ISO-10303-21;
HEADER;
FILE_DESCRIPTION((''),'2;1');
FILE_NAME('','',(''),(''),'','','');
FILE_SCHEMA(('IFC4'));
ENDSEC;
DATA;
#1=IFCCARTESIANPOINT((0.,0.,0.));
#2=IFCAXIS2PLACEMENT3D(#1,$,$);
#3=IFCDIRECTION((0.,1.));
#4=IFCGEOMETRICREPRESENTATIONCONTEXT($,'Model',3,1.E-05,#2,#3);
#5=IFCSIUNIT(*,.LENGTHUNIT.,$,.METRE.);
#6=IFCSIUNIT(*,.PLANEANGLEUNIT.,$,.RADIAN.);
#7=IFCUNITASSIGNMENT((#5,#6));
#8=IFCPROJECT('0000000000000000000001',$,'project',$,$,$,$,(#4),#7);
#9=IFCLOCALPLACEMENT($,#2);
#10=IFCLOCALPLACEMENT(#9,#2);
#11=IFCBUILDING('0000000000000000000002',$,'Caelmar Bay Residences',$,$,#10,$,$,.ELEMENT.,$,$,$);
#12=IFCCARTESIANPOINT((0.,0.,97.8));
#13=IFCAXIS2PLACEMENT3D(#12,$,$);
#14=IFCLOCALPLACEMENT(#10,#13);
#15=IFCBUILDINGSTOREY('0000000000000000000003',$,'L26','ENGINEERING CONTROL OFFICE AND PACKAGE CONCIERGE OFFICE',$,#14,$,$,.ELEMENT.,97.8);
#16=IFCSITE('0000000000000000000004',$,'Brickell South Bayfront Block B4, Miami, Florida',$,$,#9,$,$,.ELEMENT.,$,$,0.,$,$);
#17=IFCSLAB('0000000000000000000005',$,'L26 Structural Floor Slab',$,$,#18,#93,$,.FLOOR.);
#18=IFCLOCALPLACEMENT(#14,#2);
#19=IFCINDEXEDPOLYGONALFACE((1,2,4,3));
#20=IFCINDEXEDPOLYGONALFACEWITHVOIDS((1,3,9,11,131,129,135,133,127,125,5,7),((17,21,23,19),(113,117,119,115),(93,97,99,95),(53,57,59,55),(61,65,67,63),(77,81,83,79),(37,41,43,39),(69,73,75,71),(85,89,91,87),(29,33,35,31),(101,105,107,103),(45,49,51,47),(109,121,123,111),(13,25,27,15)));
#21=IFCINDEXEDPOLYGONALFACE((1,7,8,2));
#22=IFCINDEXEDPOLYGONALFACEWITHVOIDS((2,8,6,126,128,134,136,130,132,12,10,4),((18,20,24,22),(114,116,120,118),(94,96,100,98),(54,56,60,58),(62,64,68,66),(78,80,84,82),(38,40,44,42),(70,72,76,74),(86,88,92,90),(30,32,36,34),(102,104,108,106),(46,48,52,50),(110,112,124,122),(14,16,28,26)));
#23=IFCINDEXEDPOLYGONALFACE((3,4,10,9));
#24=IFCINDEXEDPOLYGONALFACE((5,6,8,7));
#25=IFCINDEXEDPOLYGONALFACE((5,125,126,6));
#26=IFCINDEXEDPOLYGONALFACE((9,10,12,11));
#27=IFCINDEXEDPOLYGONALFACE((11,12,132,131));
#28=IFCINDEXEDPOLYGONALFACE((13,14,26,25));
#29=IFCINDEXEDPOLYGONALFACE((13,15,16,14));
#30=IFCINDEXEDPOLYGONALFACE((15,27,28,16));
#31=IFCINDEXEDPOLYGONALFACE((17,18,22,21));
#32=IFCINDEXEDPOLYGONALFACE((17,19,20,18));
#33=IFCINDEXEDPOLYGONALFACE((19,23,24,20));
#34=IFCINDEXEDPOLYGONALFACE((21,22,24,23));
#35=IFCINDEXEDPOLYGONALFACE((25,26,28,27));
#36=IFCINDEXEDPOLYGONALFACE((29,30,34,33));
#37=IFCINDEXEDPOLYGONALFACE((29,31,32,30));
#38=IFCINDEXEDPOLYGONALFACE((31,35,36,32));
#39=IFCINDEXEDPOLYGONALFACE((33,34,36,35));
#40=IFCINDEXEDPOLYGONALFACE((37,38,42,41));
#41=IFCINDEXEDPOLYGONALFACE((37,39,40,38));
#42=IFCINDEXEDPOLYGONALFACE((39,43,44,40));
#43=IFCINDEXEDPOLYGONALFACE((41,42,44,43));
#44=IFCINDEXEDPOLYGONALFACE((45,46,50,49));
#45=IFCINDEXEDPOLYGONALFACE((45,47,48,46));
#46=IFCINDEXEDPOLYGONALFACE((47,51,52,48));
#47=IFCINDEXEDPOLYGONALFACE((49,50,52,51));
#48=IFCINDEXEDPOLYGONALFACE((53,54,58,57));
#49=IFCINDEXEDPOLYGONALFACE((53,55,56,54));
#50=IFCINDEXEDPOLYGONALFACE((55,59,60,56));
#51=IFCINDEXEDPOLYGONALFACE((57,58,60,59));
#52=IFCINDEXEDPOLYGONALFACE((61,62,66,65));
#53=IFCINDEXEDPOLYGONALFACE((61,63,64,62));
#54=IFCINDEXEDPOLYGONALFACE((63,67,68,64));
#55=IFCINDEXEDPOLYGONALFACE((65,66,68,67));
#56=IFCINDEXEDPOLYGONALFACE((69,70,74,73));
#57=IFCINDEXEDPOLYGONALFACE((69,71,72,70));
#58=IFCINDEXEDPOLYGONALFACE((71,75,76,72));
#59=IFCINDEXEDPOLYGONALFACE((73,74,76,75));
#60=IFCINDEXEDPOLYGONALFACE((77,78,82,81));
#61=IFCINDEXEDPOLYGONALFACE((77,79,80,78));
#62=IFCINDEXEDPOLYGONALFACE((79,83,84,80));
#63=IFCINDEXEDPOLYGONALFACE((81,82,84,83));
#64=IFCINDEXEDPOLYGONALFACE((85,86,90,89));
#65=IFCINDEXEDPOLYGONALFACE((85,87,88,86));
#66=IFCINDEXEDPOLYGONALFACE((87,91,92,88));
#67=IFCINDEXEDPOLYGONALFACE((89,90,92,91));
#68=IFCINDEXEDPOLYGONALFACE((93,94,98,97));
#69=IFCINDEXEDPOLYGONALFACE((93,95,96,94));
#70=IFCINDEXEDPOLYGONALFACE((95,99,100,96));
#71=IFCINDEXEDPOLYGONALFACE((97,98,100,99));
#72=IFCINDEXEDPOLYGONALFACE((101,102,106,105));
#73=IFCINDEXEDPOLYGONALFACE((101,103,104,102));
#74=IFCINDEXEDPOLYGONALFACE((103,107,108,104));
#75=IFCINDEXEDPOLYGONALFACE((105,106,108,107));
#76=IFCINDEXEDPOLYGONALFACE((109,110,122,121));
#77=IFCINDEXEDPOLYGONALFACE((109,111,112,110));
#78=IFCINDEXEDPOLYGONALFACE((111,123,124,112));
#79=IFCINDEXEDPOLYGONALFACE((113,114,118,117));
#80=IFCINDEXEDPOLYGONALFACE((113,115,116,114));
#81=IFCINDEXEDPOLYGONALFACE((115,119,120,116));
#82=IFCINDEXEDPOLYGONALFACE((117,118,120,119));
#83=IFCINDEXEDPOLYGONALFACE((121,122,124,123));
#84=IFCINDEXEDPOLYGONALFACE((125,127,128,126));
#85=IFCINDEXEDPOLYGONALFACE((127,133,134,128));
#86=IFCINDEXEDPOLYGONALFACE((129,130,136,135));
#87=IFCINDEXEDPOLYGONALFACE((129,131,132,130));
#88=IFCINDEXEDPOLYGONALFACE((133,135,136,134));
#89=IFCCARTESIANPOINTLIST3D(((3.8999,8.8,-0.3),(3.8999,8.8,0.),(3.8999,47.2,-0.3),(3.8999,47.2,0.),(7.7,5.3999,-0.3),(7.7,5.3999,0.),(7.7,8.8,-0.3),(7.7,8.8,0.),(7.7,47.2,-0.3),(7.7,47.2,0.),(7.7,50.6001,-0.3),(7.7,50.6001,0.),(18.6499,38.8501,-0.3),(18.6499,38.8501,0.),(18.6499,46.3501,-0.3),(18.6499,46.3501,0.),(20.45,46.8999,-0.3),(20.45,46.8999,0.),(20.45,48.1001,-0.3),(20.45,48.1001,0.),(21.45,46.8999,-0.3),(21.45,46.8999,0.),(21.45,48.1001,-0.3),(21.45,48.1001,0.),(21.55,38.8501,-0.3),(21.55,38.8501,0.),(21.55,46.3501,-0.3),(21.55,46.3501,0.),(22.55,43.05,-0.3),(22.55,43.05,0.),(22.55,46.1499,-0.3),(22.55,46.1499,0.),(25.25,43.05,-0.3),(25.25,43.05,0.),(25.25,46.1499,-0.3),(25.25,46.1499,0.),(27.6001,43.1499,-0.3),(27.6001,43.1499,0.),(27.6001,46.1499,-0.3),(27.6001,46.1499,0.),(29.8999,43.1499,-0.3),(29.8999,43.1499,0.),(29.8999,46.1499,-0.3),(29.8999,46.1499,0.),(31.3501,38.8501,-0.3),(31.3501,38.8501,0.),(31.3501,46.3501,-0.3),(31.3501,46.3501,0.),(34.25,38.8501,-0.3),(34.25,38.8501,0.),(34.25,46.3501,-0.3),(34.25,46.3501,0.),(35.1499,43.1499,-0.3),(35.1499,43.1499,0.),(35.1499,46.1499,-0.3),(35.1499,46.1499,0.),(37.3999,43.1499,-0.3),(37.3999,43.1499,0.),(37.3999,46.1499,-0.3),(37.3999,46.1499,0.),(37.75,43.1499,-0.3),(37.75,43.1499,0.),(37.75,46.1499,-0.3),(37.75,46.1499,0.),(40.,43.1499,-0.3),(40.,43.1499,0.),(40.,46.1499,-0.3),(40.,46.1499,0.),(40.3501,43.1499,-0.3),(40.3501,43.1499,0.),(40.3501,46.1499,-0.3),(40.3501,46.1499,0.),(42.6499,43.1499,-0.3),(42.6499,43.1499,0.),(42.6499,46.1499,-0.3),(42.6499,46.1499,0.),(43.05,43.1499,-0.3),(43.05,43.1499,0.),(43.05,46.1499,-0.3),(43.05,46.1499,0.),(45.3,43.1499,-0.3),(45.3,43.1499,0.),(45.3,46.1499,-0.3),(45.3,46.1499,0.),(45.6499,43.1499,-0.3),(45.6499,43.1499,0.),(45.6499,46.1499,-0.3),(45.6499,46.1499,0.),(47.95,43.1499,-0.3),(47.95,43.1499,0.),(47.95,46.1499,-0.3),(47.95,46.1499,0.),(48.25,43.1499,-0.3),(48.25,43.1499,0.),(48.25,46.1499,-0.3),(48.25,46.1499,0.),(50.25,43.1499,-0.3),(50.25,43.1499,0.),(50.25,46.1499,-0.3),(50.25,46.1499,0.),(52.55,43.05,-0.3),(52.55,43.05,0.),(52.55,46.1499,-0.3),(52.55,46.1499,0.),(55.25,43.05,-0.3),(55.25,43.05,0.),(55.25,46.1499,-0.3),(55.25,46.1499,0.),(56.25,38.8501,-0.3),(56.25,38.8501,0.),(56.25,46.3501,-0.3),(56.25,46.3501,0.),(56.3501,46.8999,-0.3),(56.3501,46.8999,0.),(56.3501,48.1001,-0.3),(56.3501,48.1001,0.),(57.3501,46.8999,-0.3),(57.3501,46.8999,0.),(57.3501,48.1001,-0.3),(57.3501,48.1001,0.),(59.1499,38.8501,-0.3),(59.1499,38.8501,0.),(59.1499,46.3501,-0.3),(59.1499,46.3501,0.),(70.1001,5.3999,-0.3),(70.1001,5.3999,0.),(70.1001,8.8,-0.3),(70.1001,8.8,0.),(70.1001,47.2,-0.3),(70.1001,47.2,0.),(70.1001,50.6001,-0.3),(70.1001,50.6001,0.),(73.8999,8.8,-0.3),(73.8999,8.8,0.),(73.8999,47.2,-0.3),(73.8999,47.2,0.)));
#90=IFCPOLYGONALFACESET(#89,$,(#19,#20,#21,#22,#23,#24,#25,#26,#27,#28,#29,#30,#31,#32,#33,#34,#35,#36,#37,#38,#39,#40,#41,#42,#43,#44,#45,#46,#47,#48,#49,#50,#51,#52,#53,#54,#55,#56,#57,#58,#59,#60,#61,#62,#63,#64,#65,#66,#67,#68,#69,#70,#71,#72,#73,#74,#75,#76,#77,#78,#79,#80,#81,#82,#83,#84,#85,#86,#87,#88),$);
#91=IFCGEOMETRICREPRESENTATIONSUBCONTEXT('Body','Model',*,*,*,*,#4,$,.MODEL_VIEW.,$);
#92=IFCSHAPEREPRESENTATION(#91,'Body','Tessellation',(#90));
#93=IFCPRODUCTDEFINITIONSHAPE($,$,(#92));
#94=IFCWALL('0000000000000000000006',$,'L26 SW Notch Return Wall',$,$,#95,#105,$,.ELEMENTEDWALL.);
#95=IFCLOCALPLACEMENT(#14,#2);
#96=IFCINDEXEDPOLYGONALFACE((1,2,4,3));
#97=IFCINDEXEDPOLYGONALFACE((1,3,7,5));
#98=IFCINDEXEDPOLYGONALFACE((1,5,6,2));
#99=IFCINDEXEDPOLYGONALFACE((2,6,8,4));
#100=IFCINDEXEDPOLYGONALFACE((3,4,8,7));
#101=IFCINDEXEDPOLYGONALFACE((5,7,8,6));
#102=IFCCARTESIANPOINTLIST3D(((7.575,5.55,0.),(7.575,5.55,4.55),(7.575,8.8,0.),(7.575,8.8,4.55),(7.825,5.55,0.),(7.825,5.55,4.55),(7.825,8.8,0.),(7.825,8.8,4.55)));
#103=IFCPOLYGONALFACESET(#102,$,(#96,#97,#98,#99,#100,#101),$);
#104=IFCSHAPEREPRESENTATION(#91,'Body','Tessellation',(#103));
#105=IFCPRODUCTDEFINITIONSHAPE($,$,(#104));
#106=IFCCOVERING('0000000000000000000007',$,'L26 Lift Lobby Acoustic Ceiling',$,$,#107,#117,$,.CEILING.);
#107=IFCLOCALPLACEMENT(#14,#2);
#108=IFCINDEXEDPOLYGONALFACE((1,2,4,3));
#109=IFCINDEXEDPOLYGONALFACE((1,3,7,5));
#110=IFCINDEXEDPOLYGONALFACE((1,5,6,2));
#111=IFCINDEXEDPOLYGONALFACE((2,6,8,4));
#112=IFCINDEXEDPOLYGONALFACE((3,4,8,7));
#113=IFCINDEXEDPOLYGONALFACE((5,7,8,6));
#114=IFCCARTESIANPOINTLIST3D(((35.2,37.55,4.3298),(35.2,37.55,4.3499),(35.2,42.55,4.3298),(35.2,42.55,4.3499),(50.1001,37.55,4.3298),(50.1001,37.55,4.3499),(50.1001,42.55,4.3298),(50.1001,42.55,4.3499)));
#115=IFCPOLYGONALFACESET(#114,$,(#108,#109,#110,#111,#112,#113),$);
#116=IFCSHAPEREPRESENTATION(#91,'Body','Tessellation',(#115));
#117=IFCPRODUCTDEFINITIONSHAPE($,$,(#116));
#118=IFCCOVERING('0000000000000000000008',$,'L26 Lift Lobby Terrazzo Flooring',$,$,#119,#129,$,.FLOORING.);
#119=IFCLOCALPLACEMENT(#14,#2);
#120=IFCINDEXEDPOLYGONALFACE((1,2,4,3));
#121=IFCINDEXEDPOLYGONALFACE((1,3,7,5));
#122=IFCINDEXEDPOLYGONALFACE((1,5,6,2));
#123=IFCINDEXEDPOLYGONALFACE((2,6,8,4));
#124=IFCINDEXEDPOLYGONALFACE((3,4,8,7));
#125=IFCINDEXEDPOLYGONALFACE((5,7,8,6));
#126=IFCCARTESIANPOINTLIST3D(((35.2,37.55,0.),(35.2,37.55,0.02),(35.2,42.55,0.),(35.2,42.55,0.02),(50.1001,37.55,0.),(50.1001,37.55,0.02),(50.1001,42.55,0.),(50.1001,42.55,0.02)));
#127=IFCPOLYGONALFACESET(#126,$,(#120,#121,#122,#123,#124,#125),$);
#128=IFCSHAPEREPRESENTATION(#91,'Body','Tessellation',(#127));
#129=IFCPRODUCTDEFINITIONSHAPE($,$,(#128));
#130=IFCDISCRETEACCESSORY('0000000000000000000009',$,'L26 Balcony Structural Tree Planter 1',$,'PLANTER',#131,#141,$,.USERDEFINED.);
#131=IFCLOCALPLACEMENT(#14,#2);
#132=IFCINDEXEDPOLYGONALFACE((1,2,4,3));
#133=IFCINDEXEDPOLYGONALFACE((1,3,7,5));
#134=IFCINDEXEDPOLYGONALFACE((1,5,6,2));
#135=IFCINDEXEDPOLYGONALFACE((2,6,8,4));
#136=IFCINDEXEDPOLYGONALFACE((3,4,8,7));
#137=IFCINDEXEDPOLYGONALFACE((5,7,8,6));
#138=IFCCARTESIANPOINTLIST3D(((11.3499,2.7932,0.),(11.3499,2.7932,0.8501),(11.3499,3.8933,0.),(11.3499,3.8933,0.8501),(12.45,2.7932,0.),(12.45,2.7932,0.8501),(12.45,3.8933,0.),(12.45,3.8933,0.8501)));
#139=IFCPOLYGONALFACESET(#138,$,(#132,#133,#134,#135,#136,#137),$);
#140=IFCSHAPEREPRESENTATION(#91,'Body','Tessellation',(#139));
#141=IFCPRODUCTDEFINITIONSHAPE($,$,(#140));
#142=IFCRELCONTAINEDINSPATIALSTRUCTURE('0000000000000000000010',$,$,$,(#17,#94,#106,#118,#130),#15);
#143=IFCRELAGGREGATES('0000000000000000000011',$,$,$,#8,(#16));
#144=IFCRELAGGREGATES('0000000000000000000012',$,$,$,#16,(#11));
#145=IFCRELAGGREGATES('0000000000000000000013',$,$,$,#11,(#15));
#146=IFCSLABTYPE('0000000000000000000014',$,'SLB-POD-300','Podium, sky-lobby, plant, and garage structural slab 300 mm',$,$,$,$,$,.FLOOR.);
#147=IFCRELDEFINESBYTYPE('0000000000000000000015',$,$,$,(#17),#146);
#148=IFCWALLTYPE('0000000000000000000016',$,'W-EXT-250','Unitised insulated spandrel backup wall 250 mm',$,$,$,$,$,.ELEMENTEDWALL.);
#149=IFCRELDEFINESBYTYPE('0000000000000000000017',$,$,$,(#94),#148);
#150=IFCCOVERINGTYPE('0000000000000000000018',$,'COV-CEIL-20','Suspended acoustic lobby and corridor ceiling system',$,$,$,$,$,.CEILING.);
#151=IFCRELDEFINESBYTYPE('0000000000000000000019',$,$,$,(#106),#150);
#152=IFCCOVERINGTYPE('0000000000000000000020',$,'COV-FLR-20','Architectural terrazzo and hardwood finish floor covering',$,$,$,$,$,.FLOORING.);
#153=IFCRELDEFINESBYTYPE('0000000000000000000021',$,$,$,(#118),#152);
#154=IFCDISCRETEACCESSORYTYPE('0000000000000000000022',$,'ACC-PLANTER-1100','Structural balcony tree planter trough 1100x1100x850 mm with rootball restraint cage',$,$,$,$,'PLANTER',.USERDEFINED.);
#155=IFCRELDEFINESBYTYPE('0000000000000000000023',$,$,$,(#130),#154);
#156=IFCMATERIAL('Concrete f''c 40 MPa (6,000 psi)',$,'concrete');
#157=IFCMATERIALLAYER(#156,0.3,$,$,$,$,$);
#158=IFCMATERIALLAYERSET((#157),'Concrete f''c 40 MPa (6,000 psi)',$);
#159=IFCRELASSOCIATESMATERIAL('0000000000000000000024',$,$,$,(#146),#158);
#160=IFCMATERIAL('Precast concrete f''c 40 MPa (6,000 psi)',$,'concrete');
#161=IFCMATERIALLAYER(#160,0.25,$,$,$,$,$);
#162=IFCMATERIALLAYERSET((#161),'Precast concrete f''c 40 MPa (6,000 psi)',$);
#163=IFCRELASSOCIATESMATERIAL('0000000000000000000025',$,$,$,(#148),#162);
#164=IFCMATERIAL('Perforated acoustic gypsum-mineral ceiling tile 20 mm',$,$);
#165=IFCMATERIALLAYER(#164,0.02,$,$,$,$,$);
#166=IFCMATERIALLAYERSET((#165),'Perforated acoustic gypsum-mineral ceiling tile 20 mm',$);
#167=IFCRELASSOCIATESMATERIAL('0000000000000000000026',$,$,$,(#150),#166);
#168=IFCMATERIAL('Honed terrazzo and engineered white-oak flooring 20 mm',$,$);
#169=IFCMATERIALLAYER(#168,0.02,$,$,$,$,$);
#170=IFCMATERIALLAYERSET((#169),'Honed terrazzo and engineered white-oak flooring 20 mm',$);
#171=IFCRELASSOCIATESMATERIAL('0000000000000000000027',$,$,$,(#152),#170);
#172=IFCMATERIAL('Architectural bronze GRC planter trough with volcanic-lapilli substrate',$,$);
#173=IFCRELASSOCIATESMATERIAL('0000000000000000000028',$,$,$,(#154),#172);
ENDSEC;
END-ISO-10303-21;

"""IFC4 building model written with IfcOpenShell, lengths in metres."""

from ifc_helpers import new_model, si_unit, direction, frame, frame_2d, origin, origin_2d, place, context, subcontext, project, spatial, polyline, rectangle, outline, extrude, material, layer, layer_set, type_object, element, save


model = new_model("IFC4")

# Units and contexts
model_context = context("Model", 3, precision=1e-05, world=origin(), true_north=direction((0.0, 1.0)))
body_context = subcontext(model_context, "Body", "Model", "MODEL_VIEW")
ifc_project = project(units=[si_unit("LENGTHUNIT", "METRE"), si_unit("PLANEANGLEUNIT", "RADIAN")], contexts=[model_context])

# Site, building, storey
site_placement = place(None, origin())
site = spatial("IfcSite", under=ifc_project, at=site_placement, Name="Brickell South Bayfront Block B4, Miami, Florida", CompositionType="ELEMENT", RefElevation=0.0)
building_placement = place(site_placement, origin())
building = spatial("IfcBuilding", under=site, at=building_placement, Name="Caelmar Bay Residences", CompositionType="ELEMENT")
storey_placement = place(building_placement, frame((0.0, 0.0, 97.8)))
storey = spatial("IfcBuildingStorey", under=building, at=storey_placement, Name="L26", Description="ENGINEERING CONTROL OFFICE AND PACKAGE CONCIERGE OFFICE", CompositionType="ELEMENT", Elevation=97.8)

# Shared definitions
ifc_material_1 = material(Name="Concrete f'c 40 MPa (6,000 psi)", Category="concrete")

# Slab
ifc_layer_1 = layer(ifc_material_1, 0.3)
ifc_layer_set_1 = layer_set([ifc_layer_1], Name="Concrete f'c 40 MPa (6,000 psi)")
slab_type_1 = type_object("IfcSlabType", Name="SLB-POD-300", Description="Podium, sky-lobby, plant, and garage structural slab 300 mm", PredefinedType="FLOOR", material=ifc_layer_set_1)
slab_1_placement = place(storey_placement, frame((0.0, 0.0, -0.3)))
element("IfcSlab", 1, at=slab_1_placement, inside=storey, type_object=slab_type_1, Name="L26 Structural Floor Slab", PredefinedType="FLOOR", context=body_context, shape_type="SweptSolid", body=[
    extrude(outline(polyline([(7.7, 5.3999), (70.1001, 5.3999), (70.1001, 8.8), (73.8999, 8.8), (73.8999, 47.2), (70.1001, 47.2), (70.1001, 50.6001), (7.7, 50.6001), (7.7, 47.2), (3.8999, 47.2), (3.8999, 8.8), (7.7, 8.8), (7.7, 5.3999)]), holes=[polyline([(18.6499, 38.8501), (21.55, 38.8501), (21.55, 46.3501), (18.6499, 46.3501), (18.6499, 38.8501)]), polyline([(56.25, 38.8501), (59.1499, 38.8501), (59.1499, 46.3501), (56.25, 46.3501), (56.25, 38.8501)]), polyline([(31.3501, 38.8501), (34.25, 38.8501), (34.25, 46.3501), (31.3501, 46.3501), (31.3501, 38.8501)]), polyline([(22.55, 43.05), (25.25, 43.05), (25.25, 46.1499), (22.55, 46.1499), (22.55, 43.05)]), polyline([(52.55, 43.05), (55.25, 43.05), (55.25, 46.1499), (52.55, 46.1499), (52.55, 43.05)]), polyline([(35.1499, 43.1499), (37.3999, 43.1499), (37.3999, 46.1499), (35.1499, 46.1499), (35.1499, 43.1499)]), polyline([(37.75, 43.1499), (40.0, 43.1499), (40.0, 46.1499), (37.75, 46.1499), (37.75, 43.1499)]), polyline([(40.3501, 43.1499), (42.6499, 43.1499), (42.6499, 46.1499), (40.3501, 46.1499), (40.3501, 43.1499)]), polyline([(43.05, 43.1499), (45.3, 43.1499), (45.3, 46.1499), (43.05, 46.1499), (43.05, 43.1499)]), polyline([(45.6499, 43.1499), (47.95, 43.1499), (47.95, 46.1499), (45.6499, 46.1499), (45.6499, 43.1499)]), polyline([(48.25, 43.1499), (50.25, 43.1499), (50.25, 46.1499), (48.25, 46.1499), (48.25, 43.1499)]), polyline([(27.6001, 43.1499), (29.8999, 43.1499), (29.8999, 46.1499), (27.6001, 46.1499), (27.6001, 43.1499)]), polyline([(20.45, 46.8999), (21.45, 46.8999), (21.45, 48.1001), (20.45, 48.1001), (20.45, 46.8999)]), polyline([(56.3501, 46.8999), (57.3501, 46.8999), (57.3501, 48.1001), (56.3501, 48.1001), (56.3501, 46.8999)])]), origin(), (0.0, 0.0, 1.0), 0.3),
])

# Wall
ifc_material_2 = material(Name="Precast concrete f'c 40 MPa (6,000 psi)", Category="concrete")
ifc_layer_2 = layer(ifc_material_2, 0.25)
ifc_layer_set_2 = layer_set([ifc_layer_2], Name="Precast concrete f'c 40 MPa (6,000 psi)")
wall_type = type_object("IfcWallType", Name="W-EXT-250", Description="Unitised insulated spandrel backup wall 250 mm", PredefinedType="ELEMENTEDWALL", material=ifc_layer_set_2)
wall_placement = place(storey_placement, frame((7.7, 8.8, 0.0), z_axis=(0.0, 0.0, 1.0), x_axis=(0.0, -1.0, 0.0)))
element("IfcWall", 2, at=wall_placement, inside=storey, type_object=wall_type, Name="L26 SW Notch Return Wall", PredefinedType="ELEMENTEDWALL", context=body_context, shape_type="SweptSolid", body=[
    extrude(rectangle(XDim=3.25, YDim=0.25, at=frame_2d((1.625, 0.0))), origin(), (0.0, 0.0, 1.0), 4.55),
])

# Coverings
ifc_material_3 = material(Name="Perforated acoustic gypsum-mineral ceiling tile 20 mm")
ifc_layer_3 = layer(ifc_material_3, 0.02)
ifc_layer_set_3 = layer_set([ifc_layer_3], Name="Perforated acoustic gypsum-mineral ceiling tile 20 mm")
covering_type_1 = type_object("IfcCoveringType", Name="COV-CEIL-20", Description="Suspended acoustic lobby and corridor ceiling system", PredefinedType="CEILING", material=ifc_layer_set_3)
covering_1_placement = place(storey_placement, frame((0.0, 0.0, 4.3298)))
element("IfcCovering", 3, at=covering_1_placement, inside=storey, type_object=covering_type_1, Name="L26 Lift Lobby Acoustic Ceiling", PredefinedType="CEILING", context=body_context, shape_type="SweptSolid", body=[
    extrude(outline(polyline([(35.2, 37.55), (50.1001, 37.55), (50.1001, 42.55), (35.2, 42.55), (35.2, 37.55)])), origin(), (0.0, 0.0, 1.0), 0.02),
])
ifc_material_4 = material(Name="Honed terrazzo and engineered white-oak flooring 20 mm")
ifc_layer_4 = layer(ifc_material_4, 0.02)
ifc_layer_set_4 = layer_set([ifc_layer_4], Name="Honed terrazzo and engineered white-oak flooring 20 mm")
covering_type_2 = type_object("IfcCoveringType", Name="COV-FLR-20", Description="Architectural terrazzo and hardwood finish floor covering", PredefinedType="FLOORING", material=ifc_layer_set_4)
covering_2_placement = place(storey_placement, origin())
element("IfcCovering", 4, at=covering_2_placement, inside=storey, type_object=covering_type_2, Name="L26 Lift Lobby Terrazzo Flooring", PredefinedType="FLOORING", context=body_context, shape_type="SweptSolid", body=[
    extrude(outline(polyline([(35.2, 37.55), (50.1001, 37.55), (50.1001, 42.55), (35.2, 42.55), (35.2, 37.55)])), origin(), (0.0, 0.0, 1.0), 0.02),
])

# Discrete accessory
ifc_material_5 = material(Name="Architectural bronze GRC planter trough with volcanic-lapilli substrate")
discrete_accessory_type = type_object("IfcDiscreteAccessoryType", Name="ACC-PLANTER-1100", Description="Structural balcony tree planter trough 1100x1100x850 mm with rootball restraint cage", ElementType="PLANTER", PredefinedType="USERDEFINED", material=ifc_material_5)
discrete_accessory_placement = place(storey_placement, frame((11.8999, 3.3433, 0.0), z_axis=(0.0, 0.0, 1.0), x_axis=(1.0, 0.0, 0.0)))
element("IfcDiscreteAccessory", 5, at=discrete_accessory_placement, inside=storey, type_object=discrete_accessory_type, Name="L26 Balcony Structural Tree Planter 1", ObjectType="PLANTER", PredefinedType="USERDEFINED", context=body_context, shape_type="SweptSolid", body=[
    extrude(rectangle(XDim=1.1001, YDim=1.1001, at=origin_2d()), origin(), (0.0, 0.0, 1.0), 0.8501),
])

save(model, "model.ifc")
